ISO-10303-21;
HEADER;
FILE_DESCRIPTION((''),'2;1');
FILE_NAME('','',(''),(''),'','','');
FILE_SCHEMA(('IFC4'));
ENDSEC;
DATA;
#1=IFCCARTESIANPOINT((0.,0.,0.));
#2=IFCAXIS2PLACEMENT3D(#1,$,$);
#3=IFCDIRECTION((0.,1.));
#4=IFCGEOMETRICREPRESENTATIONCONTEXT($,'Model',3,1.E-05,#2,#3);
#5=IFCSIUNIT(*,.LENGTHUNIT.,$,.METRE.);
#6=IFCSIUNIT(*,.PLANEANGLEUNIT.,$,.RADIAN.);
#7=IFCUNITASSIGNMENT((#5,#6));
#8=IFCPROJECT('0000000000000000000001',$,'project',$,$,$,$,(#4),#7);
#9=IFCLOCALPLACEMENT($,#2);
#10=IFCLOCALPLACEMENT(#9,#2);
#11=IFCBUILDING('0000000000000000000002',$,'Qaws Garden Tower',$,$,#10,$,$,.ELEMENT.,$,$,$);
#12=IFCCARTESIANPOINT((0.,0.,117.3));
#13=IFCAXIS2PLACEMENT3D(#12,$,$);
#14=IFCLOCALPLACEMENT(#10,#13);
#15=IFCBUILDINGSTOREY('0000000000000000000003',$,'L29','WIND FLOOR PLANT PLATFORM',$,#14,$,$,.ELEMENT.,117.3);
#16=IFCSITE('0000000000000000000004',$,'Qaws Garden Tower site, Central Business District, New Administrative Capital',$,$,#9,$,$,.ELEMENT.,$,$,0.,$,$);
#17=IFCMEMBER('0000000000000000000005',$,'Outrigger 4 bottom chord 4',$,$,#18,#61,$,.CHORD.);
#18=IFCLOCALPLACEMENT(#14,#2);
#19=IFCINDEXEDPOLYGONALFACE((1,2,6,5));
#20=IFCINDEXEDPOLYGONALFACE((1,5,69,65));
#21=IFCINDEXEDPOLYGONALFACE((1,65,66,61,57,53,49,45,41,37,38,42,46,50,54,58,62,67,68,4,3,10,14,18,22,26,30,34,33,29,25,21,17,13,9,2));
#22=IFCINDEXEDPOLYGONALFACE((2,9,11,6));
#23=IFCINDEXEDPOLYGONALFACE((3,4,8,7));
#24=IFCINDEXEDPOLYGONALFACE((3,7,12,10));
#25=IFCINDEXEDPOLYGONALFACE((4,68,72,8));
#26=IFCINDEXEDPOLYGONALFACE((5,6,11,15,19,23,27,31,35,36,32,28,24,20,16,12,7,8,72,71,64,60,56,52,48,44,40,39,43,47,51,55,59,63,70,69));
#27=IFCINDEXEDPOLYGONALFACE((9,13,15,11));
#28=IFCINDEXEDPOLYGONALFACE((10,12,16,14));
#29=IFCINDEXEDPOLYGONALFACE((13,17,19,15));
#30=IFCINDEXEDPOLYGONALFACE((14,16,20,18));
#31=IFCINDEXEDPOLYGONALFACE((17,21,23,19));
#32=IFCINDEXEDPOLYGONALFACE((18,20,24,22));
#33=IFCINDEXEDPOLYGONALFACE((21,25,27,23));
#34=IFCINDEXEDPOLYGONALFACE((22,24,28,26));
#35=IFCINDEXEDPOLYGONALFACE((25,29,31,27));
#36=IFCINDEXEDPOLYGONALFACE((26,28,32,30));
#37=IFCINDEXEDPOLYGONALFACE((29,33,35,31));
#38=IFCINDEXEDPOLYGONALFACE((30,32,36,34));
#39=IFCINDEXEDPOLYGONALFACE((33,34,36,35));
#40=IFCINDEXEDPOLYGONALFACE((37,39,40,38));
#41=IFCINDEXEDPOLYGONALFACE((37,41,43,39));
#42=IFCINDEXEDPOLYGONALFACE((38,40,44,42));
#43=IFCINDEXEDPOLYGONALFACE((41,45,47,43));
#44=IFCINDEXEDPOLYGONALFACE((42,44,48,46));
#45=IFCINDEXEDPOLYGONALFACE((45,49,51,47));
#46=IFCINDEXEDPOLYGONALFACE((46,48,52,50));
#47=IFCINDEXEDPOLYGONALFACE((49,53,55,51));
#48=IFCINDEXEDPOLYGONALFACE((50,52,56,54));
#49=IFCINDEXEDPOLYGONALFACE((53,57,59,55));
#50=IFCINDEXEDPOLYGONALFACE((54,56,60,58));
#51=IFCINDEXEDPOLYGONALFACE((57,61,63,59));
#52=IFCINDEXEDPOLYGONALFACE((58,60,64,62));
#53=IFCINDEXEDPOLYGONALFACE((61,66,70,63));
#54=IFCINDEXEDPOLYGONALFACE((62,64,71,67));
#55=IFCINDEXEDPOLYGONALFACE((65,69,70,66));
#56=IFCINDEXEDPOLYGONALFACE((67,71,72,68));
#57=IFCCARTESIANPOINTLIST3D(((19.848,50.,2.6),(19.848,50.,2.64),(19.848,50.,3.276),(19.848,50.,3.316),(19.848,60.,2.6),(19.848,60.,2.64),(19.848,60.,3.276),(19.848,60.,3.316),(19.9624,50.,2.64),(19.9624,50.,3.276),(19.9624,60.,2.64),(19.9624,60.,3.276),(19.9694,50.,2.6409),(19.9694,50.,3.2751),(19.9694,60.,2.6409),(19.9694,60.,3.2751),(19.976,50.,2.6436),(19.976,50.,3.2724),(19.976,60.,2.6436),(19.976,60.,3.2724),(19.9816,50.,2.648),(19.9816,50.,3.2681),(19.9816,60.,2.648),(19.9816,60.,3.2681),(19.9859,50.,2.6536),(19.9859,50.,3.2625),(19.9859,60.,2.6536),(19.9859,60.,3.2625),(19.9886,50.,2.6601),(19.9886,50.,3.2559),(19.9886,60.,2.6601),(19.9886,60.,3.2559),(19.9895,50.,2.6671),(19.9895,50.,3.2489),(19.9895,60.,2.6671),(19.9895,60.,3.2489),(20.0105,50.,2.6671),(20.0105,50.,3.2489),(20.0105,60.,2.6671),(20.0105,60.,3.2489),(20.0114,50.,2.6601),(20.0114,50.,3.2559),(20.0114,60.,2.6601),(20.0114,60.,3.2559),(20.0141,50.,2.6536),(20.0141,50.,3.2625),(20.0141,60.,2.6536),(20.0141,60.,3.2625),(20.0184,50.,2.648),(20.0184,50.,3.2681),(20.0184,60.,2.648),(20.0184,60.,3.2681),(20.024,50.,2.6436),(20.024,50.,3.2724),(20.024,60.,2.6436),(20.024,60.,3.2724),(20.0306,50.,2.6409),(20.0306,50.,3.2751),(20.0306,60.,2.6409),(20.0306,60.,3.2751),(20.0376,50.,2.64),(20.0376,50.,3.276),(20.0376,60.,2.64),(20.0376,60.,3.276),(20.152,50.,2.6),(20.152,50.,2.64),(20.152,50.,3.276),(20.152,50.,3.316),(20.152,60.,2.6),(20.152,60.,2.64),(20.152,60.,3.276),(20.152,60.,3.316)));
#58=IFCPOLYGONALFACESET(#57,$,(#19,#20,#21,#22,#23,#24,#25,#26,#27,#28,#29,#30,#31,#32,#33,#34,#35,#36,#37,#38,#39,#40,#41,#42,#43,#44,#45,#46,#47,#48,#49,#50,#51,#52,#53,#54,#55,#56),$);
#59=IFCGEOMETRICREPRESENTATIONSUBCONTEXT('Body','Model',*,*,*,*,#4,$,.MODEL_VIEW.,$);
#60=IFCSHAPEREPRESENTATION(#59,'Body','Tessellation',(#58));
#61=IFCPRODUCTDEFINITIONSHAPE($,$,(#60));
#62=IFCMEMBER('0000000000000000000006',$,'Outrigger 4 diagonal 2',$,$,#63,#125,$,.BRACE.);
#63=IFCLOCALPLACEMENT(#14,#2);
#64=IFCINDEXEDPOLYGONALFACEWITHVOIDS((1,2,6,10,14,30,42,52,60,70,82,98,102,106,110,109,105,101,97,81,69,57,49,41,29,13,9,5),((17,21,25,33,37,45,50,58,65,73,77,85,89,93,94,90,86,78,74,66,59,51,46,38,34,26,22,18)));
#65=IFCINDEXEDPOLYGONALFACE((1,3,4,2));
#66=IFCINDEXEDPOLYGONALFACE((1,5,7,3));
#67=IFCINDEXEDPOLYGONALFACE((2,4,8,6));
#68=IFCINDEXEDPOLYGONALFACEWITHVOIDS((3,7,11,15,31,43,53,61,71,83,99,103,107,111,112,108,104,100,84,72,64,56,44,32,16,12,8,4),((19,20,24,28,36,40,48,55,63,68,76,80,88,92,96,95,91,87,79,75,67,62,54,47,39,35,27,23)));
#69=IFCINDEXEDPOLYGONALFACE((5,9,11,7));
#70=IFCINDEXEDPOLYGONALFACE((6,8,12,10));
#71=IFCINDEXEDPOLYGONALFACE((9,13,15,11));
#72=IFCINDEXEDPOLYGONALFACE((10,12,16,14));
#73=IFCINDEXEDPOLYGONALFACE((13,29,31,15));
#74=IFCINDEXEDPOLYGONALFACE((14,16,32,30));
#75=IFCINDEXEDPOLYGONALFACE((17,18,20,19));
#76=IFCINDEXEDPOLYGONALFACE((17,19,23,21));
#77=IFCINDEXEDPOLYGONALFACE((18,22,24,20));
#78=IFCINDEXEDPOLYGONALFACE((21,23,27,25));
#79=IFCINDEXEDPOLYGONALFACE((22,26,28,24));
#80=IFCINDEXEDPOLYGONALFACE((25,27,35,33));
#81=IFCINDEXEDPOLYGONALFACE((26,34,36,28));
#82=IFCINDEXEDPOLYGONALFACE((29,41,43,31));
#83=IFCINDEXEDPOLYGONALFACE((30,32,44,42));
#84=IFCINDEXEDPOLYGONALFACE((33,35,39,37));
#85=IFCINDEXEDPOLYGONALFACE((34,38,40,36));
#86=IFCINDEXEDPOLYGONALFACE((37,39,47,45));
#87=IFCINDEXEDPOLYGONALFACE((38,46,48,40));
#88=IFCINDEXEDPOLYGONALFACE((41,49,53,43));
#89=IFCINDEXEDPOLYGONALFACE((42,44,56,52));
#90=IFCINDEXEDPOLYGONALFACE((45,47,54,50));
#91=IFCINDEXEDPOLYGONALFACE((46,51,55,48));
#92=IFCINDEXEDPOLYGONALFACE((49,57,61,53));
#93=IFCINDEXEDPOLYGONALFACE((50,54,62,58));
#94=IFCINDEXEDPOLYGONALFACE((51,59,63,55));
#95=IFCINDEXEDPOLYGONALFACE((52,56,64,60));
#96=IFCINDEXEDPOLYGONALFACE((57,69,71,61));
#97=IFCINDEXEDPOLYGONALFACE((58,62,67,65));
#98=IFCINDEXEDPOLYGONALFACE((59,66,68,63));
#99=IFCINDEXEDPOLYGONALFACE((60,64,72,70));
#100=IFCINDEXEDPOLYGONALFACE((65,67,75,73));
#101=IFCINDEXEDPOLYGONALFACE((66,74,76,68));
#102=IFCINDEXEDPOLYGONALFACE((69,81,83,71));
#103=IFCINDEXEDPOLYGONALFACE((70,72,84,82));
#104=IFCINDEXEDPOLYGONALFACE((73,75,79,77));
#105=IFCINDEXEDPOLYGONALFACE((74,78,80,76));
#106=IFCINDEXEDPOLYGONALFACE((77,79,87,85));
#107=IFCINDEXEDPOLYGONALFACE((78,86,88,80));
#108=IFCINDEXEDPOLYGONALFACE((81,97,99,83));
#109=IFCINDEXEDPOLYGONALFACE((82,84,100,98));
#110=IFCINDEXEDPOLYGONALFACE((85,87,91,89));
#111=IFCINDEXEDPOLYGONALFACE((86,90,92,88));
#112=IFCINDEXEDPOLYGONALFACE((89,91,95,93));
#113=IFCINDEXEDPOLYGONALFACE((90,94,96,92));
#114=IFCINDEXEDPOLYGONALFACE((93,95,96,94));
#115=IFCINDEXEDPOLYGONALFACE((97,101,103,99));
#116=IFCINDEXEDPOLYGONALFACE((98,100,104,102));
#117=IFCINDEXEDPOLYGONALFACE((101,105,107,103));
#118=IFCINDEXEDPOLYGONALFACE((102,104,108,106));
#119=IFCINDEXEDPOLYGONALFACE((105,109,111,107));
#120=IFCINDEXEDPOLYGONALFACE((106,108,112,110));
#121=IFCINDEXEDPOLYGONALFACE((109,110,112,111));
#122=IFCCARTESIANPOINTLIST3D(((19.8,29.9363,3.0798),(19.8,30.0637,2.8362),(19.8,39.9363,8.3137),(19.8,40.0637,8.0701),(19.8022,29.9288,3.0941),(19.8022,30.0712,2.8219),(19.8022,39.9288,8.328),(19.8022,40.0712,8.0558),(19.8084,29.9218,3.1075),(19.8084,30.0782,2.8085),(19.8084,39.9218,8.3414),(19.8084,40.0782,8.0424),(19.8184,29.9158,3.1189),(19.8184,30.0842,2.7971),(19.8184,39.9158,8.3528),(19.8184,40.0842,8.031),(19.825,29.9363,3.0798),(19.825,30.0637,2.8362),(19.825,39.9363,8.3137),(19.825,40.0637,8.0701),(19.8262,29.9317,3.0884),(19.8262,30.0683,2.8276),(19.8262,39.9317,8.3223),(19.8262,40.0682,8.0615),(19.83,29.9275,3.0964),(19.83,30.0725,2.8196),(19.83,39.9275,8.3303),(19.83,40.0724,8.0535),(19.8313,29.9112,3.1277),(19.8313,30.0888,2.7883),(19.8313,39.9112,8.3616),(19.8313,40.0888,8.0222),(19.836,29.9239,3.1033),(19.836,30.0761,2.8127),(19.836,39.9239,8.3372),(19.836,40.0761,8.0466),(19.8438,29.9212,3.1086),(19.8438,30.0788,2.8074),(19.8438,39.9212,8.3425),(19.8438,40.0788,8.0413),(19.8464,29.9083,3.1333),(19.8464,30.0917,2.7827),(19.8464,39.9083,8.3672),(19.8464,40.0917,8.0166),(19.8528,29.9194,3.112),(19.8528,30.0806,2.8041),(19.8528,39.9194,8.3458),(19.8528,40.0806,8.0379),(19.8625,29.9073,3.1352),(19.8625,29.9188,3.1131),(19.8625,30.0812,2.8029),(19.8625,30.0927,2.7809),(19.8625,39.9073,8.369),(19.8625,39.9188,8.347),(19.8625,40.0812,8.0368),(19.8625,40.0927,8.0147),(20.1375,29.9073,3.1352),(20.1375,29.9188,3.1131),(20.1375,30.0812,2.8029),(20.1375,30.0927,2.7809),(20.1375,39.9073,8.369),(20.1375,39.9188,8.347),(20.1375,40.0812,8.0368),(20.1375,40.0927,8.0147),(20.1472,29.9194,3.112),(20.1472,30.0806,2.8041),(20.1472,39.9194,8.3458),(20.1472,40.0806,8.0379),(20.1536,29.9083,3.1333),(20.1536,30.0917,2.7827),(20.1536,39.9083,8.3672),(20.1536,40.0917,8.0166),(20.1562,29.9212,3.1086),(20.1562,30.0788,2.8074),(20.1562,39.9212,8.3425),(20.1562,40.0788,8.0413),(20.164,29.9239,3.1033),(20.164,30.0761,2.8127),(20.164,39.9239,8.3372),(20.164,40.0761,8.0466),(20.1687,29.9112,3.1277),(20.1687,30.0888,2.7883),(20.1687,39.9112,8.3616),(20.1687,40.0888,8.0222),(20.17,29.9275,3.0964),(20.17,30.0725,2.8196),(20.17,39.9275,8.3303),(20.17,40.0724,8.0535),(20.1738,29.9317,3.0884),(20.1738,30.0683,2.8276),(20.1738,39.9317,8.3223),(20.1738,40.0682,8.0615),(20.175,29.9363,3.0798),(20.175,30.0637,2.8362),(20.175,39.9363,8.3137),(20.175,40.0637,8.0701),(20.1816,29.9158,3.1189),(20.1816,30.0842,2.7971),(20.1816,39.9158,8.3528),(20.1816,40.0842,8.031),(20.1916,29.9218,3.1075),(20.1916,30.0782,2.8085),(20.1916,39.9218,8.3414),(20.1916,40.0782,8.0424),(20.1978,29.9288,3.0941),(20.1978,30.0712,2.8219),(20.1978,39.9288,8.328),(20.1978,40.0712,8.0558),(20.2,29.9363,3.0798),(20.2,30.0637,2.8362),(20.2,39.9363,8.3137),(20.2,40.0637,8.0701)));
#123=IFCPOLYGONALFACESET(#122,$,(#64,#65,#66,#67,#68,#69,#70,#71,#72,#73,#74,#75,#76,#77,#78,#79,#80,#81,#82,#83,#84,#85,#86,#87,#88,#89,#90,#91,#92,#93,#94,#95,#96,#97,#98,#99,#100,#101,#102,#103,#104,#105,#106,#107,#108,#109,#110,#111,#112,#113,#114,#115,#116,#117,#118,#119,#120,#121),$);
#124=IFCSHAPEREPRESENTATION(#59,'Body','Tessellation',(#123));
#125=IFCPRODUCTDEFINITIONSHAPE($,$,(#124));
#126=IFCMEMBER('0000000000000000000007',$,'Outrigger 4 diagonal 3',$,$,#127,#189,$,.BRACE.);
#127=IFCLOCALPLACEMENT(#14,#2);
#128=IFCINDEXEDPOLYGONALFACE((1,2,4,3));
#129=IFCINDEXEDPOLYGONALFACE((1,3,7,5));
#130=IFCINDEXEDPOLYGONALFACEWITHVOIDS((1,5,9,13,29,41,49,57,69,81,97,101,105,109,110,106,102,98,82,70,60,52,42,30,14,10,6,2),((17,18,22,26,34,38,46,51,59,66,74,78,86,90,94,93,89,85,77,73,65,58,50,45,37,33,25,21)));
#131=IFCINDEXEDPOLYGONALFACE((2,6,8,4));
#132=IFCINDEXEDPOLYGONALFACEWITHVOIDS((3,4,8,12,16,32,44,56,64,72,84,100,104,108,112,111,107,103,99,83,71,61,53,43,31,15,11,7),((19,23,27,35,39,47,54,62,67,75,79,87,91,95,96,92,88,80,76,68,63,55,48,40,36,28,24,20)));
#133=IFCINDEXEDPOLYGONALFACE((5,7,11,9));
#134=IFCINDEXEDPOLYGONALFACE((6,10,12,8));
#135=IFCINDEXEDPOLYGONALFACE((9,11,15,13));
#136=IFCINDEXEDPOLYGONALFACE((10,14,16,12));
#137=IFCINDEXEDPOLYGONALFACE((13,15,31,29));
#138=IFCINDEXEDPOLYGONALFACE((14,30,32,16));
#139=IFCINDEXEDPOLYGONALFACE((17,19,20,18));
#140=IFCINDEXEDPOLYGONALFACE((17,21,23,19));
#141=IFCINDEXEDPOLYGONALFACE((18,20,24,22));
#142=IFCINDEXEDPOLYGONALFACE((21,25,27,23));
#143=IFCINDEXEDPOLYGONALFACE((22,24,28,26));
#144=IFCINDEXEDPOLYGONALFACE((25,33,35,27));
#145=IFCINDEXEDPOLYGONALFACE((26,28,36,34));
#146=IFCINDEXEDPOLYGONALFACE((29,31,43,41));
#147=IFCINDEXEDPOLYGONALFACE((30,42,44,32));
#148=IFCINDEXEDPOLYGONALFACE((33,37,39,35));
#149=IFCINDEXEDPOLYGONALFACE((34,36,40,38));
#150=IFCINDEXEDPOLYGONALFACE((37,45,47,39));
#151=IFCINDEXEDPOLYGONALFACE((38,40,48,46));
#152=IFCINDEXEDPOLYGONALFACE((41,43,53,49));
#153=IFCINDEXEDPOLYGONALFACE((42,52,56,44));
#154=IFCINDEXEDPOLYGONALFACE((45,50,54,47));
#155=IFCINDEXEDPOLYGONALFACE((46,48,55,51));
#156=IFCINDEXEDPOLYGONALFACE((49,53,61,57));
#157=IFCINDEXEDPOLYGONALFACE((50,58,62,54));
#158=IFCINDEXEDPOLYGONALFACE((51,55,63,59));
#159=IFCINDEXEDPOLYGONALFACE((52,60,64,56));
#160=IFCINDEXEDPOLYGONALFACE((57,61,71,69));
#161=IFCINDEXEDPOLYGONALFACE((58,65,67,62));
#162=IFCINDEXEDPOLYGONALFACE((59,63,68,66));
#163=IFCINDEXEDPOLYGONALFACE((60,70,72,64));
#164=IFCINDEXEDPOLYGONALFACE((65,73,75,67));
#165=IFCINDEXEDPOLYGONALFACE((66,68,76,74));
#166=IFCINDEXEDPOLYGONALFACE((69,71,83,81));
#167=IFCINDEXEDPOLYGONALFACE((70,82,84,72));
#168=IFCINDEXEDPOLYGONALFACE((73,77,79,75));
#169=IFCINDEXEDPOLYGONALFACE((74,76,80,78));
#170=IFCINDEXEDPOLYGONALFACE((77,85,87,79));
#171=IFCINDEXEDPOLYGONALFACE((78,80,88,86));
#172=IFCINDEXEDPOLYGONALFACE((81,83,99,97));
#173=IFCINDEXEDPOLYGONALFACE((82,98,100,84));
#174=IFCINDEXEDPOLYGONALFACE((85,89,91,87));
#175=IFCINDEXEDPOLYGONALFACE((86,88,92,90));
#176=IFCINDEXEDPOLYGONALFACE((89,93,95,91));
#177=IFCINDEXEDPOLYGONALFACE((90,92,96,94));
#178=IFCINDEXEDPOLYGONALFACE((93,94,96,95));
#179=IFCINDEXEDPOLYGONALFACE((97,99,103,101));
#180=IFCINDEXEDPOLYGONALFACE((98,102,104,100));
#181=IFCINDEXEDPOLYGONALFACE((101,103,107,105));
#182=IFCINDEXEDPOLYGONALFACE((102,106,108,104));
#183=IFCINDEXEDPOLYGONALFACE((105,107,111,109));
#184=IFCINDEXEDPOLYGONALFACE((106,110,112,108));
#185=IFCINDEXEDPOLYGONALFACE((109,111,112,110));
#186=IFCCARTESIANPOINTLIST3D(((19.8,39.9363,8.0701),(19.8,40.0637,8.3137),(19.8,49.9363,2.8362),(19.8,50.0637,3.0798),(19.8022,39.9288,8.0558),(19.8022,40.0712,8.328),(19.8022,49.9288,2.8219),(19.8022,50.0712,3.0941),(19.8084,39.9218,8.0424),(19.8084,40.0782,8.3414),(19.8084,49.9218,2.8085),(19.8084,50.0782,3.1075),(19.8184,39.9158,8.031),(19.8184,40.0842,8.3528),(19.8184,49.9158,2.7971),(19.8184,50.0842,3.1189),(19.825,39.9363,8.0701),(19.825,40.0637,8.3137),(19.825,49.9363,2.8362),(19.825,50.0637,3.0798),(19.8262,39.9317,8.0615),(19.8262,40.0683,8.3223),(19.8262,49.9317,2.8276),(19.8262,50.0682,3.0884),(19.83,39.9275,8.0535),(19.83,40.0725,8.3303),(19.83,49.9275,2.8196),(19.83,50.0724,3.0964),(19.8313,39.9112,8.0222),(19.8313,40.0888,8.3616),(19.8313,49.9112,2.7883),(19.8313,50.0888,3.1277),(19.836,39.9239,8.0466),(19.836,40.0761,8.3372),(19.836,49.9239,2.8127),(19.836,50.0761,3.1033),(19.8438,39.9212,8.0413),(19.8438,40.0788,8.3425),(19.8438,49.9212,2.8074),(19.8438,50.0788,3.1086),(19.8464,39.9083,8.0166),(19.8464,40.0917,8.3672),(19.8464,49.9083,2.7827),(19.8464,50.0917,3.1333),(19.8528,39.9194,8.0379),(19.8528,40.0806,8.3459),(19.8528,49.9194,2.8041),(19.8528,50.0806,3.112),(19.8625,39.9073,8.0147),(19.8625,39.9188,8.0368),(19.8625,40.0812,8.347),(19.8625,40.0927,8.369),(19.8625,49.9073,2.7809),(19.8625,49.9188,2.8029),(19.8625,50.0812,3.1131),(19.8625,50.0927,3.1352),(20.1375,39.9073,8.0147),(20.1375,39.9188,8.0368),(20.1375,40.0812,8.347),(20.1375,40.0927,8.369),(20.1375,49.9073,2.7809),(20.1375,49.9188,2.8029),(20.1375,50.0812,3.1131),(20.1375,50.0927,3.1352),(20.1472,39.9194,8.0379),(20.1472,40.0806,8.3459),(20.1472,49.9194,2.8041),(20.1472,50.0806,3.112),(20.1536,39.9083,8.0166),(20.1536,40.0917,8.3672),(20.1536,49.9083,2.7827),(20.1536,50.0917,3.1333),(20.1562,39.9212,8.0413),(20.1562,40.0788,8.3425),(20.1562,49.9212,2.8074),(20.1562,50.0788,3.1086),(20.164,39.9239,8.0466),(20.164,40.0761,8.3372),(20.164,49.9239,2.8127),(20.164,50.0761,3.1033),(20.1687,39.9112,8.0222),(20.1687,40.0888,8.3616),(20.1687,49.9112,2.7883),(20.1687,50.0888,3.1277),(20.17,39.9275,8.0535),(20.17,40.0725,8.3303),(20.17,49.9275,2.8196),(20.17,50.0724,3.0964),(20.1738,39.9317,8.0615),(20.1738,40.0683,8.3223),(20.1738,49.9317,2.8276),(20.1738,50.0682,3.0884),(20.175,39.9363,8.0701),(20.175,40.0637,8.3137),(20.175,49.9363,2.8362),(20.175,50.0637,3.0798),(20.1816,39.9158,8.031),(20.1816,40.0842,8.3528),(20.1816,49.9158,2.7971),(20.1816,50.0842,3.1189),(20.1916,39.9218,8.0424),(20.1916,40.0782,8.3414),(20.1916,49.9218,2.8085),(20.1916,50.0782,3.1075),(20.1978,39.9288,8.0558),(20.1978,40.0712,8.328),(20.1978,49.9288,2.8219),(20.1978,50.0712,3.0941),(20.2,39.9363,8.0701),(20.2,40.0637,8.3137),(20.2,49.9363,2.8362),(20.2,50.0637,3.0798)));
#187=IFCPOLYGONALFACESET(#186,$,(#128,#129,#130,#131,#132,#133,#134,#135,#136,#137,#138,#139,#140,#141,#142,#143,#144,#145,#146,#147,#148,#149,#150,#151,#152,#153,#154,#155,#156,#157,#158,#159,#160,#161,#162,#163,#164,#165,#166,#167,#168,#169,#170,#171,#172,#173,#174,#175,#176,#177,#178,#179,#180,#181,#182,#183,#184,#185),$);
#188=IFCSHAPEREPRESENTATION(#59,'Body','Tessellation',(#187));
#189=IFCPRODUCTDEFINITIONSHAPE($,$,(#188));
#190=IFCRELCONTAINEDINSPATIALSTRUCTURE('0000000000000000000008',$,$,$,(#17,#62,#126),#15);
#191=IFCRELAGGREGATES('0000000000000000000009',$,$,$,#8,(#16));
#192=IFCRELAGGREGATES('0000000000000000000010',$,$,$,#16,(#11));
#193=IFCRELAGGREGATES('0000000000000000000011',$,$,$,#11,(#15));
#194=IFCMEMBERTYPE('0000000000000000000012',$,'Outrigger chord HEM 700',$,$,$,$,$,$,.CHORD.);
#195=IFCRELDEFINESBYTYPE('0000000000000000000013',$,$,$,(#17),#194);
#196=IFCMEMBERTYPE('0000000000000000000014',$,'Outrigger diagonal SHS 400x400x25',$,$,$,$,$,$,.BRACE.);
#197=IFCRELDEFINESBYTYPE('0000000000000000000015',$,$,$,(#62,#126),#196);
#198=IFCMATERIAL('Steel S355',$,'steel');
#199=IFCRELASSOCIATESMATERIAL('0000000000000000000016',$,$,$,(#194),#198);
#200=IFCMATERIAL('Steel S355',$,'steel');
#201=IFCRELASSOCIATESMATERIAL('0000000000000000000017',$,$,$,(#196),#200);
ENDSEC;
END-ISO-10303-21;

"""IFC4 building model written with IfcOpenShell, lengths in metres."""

from ifc_helpers import new_model, si_unit, direction, frame, origin, origin_2d, place, context, subcontext, project, spatial, hollow_rectangle, i_section, extrude, material, material_profile, profile_set, type_object, element, save


model = new_model("IFC4")

# Units and contexts
model_context = context("Model", 3, precision=1e-05, world=origin(), true_north=direction((0.0, 1.0)))
body_context = subcontext(model_context, "Body", "Model", "MODEL_VIEW")
ifc_project = project(units=[si_unit("LENGTHUNIT", "METRE"), si_unit("PLANEANGLEUNIT", "RADIAN")], contexts=[model_context])

# Site, building, storey
site_placement = place(None, origin())
site = spatial("IfcSite", under=ifc_project, at=site_placement, Name="Qaws Garden Tower site, Central Business District, New Administrative Capital", CompositionType="ELEMENT", RefElevation=0.0)
building_placement = place(site_placement, origin())
building = spatial("IfcBuilding", under=site, at=building_placement, Name="Qaws Garden Tower", CompositionType="ELEMENT")
storey_placement = place(building_placement, frame((0.0, 0.0, 117.3)))
storey = spatial("IfcBuildingStorey", under=building, at=storey_placement, Name="L29", Description="WIND FLOOR PLANT PLATFORM", CompositionType="ELEMENT", Elevation=117.3)

# Members
ifc_material_1 = material(Name="Steel S355", Category="steel")
ifc_material_profile_1 = material_profile(ifc_material_1, i_section(OverallWidth=0.304, OverallDepth=0.7161, WebThickness=0.021, FlangeThickness=0.04, FilletRadius=0.0271, at=origin_2d()), Name="HEM 700")
ifc_profile_set_1 = profile_set([ifc_material_profile_1], Name="Steel S355")
member_type_1 = type_object("IfcMemberType", Name="Outrigger chord HEM 700", PredefinedType="CHORD", material=ifc_profile_set_1)
for number, where, z_axis, x_axis, name in (
    (1, (20.0, 50.0, 2.958), (0.0, 1.0, 0.0), (-1.0, 0.0, 0.0), "Outrigger 4 bottom chord 4"),
):
    element("IfcMember", number, at=place(storey_placement, frame(where, z_axis=z_axis, x_axis=x_axis)), inside=storey, type_object=member_type_1, Name=name, PredefinedType="CHORD", context=body_context, shape_type="SweptSolid", body=[
        extrude(i_section(OverallWidth=0.304, OverallDepth=0.7161, WebThickness=0.021, FlangeThickness=0.04, FilletRadius=0.0271, at=origin_2d()), origin(), (0.0, 0.0, 1.0), 10.0),
    ])
ifc_material_2 = material(Name="Steel S355", Category="steel")
ifc_material_profile_2 = material_profile(ifc_material_2, hollow_rectangle(XDim=0.3999, YDim=0.3999, WallThickness=0.0249, InnerFilletRadius=0.0376, OuterFilletRadius=0.0625, at=origin_2d()), Name="SHS 400x400x25")
ifc_profile_set_2 = profile_set([ifc_material_profile_2], Name="Steel S355")
member_type_2 = type_object("IfcMemberType", Name="Outrigger diagonal SHS 400x400x25", PredefinedType="BRACE", material=ifc_profile_set_2)
for number, where, z_axis, x_axis, name in (
    (2, (20.0, 30.0, 2.958), (0.0, 0.885985, 0.463714), (-1.0, 0.0, 0.0), "Outrigger 4 diagonal 2"),
    (3, (20.0, 40.0, 8.1919), (0.0, 0.885985, -0.463714), (-1.0, 0.0, 0.0), "Outrigger 4 diagonal 3"),
):
    element("IfcMember", number, at=place(storey_placement, frame(where, z_axis=z_axis, x_axis=x_axis)), inside=storey, type_object=member_type_2, Name=name, PredefinedType="BRACE", context=body_context, shape_type="SweptSolid", body=[
        extrude(hollow_rectangle(XDim=0.3999, YDim=0.3999, WallThickness=0.0249, InnerFilletRadius=0.0376, OuterFilletRadius=0.0625, at=origin_2d()), origin(), (0.0, 0.0, 1.0), 11.2869),
    ])

save(model, "model.ifc")
